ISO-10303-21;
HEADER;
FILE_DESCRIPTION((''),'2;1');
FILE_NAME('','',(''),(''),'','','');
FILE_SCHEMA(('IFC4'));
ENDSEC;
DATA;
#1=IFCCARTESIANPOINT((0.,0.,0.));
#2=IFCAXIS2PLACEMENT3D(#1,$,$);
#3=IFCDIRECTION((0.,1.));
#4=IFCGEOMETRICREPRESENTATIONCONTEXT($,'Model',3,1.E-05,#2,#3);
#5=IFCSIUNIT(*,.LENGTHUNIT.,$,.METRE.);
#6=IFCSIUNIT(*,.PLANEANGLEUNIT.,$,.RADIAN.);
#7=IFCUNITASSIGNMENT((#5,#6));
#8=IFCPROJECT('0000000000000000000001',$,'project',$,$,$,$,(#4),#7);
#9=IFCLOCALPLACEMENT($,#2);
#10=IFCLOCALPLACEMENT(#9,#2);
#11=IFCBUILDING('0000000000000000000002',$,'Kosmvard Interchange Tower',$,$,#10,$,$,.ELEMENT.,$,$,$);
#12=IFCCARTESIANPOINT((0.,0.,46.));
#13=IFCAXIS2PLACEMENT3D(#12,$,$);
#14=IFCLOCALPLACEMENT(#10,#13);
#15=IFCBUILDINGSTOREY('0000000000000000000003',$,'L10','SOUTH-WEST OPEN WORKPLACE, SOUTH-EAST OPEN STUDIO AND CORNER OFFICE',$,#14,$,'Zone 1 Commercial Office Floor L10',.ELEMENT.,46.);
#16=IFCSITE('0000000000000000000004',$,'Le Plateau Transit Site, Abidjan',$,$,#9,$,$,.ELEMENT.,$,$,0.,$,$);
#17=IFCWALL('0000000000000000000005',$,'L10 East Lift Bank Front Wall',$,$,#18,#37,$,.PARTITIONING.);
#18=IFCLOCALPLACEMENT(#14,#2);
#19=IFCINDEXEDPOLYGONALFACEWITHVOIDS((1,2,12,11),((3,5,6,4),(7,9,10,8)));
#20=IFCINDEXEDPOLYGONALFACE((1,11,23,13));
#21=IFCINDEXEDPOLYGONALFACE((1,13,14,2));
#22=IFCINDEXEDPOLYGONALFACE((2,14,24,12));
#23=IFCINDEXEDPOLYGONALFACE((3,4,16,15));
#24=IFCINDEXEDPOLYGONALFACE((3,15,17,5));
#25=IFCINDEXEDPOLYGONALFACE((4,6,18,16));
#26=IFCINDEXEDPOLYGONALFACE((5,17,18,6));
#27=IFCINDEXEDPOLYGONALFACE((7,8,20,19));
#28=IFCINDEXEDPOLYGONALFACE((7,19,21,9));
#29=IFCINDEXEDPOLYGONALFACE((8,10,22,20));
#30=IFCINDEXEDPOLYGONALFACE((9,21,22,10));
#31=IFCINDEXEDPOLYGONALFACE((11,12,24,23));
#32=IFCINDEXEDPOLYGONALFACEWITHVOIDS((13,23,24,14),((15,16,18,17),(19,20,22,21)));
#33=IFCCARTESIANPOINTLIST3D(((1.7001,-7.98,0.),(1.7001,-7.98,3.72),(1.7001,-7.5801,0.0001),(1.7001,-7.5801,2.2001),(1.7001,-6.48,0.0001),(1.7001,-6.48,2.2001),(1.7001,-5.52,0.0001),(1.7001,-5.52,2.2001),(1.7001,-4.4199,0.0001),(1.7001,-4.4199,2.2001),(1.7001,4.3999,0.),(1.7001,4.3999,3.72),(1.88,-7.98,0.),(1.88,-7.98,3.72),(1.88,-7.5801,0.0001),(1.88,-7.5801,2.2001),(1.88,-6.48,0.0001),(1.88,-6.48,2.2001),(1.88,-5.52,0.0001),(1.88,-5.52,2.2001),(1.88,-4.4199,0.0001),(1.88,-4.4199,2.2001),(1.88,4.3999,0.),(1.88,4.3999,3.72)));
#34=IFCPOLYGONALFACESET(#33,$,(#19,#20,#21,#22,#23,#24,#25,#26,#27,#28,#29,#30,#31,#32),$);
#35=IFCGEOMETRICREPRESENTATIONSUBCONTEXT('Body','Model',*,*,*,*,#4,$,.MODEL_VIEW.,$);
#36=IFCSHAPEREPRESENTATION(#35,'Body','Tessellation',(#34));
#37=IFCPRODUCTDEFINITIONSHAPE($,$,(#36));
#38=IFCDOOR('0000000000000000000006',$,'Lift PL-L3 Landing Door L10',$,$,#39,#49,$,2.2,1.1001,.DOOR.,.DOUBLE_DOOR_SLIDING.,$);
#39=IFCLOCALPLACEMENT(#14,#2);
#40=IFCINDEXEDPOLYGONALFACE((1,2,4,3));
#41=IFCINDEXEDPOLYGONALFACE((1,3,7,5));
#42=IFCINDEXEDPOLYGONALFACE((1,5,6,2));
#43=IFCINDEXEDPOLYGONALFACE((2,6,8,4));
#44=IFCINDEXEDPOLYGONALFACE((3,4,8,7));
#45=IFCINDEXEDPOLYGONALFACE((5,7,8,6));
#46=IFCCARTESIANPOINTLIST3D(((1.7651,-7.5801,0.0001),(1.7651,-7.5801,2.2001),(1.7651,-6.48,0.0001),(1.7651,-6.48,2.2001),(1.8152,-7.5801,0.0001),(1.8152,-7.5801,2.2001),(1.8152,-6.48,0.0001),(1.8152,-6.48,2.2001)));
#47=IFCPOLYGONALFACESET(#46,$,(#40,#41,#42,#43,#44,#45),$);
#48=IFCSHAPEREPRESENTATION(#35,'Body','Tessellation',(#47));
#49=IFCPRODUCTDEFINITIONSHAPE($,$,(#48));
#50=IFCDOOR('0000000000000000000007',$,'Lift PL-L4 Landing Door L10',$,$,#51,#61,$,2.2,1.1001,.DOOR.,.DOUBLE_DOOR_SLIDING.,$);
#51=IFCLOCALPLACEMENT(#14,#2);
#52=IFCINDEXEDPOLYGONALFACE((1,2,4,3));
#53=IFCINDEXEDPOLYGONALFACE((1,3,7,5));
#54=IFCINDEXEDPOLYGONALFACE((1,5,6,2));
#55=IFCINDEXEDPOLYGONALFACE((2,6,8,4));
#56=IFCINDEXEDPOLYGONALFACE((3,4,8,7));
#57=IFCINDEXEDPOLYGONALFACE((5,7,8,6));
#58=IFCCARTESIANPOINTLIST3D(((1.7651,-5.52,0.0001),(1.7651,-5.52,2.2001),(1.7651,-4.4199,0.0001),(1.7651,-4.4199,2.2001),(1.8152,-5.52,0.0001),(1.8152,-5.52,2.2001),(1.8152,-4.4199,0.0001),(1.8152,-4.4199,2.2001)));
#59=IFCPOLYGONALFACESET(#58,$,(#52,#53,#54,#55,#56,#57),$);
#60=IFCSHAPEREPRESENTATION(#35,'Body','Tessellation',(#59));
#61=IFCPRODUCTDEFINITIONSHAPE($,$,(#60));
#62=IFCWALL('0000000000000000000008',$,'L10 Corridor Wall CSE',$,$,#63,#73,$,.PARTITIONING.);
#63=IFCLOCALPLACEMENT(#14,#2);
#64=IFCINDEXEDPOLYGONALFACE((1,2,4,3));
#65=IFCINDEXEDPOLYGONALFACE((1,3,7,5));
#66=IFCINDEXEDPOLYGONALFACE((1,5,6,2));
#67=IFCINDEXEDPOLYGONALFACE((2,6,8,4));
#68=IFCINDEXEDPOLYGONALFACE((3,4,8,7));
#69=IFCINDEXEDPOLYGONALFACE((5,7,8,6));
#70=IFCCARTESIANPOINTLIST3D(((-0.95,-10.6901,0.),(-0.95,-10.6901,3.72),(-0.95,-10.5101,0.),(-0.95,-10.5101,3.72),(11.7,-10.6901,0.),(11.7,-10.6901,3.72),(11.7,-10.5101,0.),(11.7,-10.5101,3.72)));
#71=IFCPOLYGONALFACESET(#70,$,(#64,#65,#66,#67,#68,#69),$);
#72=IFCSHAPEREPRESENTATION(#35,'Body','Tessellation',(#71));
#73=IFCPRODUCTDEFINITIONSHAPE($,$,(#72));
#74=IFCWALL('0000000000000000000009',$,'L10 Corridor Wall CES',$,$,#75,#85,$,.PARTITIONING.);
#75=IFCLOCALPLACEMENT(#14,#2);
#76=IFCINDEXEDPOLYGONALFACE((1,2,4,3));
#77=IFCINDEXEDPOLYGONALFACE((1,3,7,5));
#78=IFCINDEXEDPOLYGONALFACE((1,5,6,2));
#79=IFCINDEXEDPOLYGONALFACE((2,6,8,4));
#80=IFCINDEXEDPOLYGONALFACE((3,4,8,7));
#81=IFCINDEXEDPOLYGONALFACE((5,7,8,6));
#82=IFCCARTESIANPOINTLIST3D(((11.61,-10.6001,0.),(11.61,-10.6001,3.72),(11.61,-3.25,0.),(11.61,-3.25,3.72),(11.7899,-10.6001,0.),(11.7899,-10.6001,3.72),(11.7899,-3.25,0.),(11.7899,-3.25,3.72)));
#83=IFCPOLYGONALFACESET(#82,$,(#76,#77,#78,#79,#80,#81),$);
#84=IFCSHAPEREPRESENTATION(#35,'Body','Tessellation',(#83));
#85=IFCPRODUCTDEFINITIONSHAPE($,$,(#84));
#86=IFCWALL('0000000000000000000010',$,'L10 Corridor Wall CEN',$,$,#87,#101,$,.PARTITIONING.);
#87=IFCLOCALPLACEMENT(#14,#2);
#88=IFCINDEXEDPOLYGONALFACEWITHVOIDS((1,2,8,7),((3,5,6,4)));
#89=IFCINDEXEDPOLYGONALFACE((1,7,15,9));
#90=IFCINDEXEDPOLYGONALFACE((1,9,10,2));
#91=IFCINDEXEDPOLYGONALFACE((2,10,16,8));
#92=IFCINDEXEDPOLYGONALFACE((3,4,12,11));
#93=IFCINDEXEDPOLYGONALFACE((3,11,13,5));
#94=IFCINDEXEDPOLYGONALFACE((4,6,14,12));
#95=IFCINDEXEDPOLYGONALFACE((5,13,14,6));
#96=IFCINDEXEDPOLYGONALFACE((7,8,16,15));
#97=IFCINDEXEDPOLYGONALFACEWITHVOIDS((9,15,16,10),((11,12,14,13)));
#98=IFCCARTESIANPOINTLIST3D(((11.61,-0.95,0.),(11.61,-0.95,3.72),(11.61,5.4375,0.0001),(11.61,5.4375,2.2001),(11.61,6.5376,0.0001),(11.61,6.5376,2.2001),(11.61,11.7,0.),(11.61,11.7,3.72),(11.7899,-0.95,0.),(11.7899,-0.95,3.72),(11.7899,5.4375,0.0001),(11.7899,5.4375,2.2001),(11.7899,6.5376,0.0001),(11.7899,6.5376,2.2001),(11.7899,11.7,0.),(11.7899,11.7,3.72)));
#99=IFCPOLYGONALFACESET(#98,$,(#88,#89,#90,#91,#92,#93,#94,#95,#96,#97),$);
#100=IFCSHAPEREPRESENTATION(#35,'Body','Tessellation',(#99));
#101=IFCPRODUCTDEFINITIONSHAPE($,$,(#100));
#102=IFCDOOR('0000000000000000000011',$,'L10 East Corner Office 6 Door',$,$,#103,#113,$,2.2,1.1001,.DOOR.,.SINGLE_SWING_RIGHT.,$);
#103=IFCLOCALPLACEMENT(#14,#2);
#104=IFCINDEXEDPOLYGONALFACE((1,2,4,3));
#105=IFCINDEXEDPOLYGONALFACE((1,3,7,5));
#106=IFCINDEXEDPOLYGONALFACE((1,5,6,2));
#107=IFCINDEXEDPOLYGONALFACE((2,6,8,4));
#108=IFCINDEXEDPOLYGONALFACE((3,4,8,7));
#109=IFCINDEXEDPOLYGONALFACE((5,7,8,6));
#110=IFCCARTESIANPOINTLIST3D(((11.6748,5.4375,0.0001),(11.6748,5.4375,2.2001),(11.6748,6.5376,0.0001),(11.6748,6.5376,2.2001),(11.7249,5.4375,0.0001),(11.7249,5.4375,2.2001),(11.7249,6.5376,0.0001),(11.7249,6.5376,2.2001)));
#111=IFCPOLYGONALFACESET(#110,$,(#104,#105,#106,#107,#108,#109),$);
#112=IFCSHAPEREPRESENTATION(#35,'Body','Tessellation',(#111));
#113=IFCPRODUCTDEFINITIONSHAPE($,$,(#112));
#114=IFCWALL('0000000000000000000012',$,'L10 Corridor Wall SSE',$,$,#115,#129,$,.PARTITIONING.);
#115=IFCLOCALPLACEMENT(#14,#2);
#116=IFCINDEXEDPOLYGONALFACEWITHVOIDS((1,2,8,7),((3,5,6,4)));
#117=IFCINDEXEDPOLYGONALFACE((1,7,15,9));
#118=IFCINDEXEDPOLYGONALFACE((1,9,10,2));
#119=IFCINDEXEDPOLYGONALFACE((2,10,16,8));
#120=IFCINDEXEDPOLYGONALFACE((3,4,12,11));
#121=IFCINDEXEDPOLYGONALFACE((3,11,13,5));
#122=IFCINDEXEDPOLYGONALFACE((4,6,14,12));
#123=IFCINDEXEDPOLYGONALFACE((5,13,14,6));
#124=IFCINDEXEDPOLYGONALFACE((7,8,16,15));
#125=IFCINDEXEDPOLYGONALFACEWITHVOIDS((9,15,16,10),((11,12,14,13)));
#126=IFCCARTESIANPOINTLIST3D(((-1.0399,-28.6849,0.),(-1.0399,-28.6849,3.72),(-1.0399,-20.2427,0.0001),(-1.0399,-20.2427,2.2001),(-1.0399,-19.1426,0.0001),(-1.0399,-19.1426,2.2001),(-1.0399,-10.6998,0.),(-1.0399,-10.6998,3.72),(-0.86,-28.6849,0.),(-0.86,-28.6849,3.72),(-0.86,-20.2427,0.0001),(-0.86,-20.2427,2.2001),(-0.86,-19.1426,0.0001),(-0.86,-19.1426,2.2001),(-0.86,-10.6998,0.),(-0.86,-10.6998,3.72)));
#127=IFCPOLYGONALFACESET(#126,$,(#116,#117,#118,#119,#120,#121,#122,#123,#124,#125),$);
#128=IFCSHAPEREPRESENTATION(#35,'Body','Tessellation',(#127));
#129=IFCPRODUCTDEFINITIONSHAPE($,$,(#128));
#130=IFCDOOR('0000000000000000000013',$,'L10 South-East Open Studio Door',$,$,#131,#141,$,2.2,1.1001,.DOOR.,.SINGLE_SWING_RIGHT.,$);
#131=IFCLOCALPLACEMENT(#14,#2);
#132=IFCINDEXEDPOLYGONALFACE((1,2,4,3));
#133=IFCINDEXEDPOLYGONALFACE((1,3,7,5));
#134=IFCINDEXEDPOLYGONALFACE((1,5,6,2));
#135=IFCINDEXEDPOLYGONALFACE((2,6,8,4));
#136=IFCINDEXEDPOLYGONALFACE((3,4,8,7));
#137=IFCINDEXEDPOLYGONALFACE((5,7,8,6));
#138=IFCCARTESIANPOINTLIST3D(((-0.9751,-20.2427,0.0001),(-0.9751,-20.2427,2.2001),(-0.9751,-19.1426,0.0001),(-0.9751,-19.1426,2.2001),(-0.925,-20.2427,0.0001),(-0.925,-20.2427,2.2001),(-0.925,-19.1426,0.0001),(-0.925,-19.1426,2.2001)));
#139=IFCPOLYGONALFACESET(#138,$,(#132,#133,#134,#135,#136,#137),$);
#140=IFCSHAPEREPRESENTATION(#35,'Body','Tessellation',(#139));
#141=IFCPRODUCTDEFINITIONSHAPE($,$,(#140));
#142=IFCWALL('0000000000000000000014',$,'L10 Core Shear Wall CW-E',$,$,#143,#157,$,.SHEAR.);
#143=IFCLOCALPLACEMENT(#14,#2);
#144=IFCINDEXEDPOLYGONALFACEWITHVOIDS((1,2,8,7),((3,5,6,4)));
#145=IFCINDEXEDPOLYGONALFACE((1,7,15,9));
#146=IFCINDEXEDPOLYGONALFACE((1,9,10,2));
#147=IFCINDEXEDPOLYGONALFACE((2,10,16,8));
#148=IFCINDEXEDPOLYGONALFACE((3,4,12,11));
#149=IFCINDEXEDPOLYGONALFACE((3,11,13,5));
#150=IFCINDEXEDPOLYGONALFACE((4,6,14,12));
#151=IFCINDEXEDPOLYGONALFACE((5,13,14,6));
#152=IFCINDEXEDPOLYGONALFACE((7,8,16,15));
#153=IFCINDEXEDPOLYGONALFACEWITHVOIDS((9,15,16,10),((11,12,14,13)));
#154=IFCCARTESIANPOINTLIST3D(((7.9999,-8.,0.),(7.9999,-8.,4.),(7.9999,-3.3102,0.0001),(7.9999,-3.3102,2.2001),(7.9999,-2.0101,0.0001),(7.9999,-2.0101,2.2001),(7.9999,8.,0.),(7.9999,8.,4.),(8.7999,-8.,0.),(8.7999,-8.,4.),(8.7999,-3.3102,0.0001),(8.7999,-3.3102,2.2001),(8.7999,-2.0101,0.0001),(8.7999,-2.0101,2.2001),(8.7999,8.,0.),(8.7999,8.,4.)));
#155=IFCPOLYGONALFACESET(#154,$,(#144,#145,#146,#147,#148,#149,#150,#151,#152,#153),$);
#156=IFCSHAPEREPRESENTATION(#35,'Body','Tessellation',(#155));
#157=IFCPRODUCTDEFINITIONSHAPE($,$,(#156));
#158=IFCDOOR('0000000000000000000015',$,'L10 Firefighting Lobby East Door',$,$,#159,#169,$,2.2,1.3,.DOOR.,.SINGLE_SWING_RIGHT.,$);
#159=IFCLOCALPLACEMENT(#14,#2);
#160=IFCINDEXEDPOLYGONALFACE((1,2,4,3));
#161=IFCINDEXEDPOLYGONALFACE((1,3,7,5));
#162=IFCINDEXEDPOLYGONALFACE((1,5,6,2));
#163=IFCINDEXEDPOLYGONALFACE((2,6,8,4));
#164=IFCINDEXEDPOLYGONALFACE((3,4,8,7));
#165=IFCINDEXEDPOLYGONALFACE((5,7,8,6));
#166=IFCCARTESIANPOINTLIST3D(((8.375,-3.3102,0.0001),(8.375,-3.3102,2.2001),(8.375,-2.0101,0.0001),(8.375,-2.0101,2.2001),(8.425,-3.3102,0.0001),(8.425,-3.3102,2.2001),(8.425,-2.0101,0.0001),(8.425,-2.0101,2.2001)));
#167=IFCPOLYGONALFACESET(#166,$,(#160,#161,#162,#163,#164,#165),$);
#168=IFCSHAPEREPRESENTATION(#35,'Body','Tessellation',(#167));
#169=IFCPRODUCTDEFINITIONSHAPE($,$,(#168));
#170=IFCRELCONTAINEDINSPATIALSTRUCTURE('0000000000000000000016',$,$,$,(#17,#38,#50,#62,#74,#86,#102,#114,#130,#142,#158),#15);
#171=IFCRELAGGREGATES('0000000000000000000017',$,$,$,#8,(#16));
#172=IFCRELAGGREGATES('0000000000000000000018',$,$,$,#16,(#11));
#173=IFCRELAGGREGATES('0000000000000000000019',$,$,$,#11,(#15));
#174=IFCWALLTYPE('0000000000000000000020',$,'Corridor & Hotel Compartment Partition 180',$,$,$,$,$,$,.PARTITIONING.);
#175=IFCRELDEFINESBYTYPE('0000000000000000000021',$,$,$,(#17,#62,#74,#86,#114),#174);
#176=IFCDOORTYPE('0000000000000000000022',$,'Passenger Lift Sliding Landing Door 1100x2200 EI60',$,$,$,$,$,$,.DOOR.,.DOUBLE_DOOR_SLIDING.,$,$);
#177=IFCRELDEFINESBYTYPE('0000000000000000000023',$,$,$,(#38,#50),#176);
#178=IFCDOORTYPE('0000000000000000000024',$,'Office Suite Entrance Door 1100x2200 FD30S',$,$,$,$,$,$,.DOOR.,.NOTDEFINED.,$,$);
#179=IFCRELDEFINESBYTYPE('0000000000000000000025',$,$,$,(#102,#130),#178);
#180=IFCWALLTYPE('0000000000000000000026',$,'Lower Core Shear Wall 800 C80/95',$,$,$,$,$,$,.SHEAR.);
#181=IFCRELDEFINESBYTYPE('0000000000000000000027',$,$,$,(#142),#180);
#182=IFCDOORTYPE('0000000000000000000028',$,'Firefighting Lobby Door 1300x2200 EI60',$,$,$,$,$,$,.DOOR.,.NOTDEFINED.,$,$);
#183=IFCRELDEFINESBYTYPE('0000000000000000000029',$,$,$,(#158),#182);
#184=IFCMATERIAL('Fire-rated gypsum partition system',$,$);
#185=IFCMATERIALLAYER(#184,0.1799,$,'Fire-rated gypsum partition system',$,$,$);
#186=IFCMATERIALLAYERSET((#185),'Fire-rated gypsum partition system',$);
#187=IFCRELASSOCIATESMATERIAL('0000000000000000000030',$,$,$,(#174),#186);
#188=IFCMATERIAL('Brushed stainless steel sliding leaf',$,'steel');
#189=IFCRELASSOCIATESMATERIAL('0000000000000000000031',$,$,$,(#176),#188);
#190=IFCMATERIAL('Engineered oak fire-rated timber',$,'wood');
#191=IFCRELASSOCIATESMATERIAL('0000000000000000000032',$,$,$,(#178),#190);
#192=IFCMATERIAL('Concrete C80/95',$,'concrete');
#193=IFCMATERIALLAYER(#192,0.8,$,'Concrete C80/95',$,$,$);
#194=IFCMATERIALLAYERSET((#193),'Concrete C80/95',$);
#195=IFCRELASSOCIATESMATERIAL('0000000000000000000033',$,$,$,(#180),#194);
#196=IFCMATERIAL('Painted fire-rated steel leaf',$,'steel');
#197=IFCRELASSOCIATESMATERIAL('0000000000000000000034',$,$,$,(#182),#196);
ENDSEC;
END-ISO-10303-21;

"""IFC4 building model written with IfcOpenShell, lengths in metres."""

from ifc_helpers import new_model, si_unit, direction, frame, frame_2d, origin, place, context, subcontext, project, spatial, rectangle, extrude, source, transform, mapped, material, layer, layer_set, type_object, element, fill, save


model = new_model("IFC4")

# Units and contexts
model_context = context("Model", 3, precision=1e-05, world=origin(), true_north=direction((0.0, 1.0)))
body_context = subcontext(model_context, "Body", "Model", "MODEL_VIEW")
ifc_project = project(units=[si_unit("LENGTHUNIT", "METRE"), si_unit("PLANEANGLEUNIT", "RADIAN")], contexts=[model_context])

# Site, building, storey
site_placement = place(None, origin())
site = spatial("IfcSite", under=ifc_project, at=site_placement, Name="Le Plateau Transit Site, Abidjan", CompositionType="ELEMENT", RefElevation=0.0)
building_placement = place(site_placement, origin())
building = spatial("IfcBuilding", under=site, at=building_placement, Name="Kosmvard Interchange Tower", CompositionType="ELEMENT")
storey_placement = place(building_placement, frame((0.0, 0.0, 46.0)))
storey = spatial("IfcBuildingStorey", under=building, at=storey_placement, Name="L10", Description="SOUTH-WEST OPEN WORKPLACE, SOUTH-EAST OPEN STUDIO AND CORNER OFFICE", LongName="Zone 1 Commercial Office Floor L10", CompositionType="ELEMENT", Elevation=46.0)

# Shared definitions
ifc_material_1 = material(Name="Concrete C80/95", Category="concrete")

# Wall, openings, doors
ifc_material_2 = material(Name="Fire-rated gypsum partition system")
ifc_layer_1 = layer(ifc_material_2, 0.1799, Name="Fire-rated gypsum partition system")
ifc_layer_set_1 = layer_set([ifc_layer_1], Name="Fire-rated gypsum partition system")
wall_type_1 = type_object("IfcWallType", Name="Corridor & Hotel Compartment Partition 180", PredefinedType="PARTITIONING", material=ifc_layer_set_1)
wall_1_placement = place(storey_placement, frame((1.79, -7.98, 0.0), z_axis=(0.0, 0.0, 1.0), x_axis=(0.0, 1.0, 0.0)))
wall_1 = element("IfcWall", 1, at=wall_1_placement, inside=storey, type_object=wall_type_1, Name="L10 East Lift Bank Front Wall", PredefinedType="PARTITIONING", context=body_context, shape_type="SweptSolid", body=[
    extrude(rectangle(XDim=12.3799, YDim=0.1799, at=frame_2d((6.1899, 0.0))), origin(), (0.0, 0.0, 1.0), 3.72),
])
opening_1_placement = place(wall_1_placement, frame((0.3999, 0.0, 0.0)))
opening_1 = element("IfcOpeningElement", 2, at=opening_1_placement, cuts=wall_1, PredefinedType="OPENING", context=body_context, shape_type="SweptSolid", body=[
    extrude(rectangle(XDim=1.1001, YDim=2.2, at=frame_2d((0.55, 1.1001))), frame((0.0, 0.1001, 0.0), z_axis=(0.0, -1.0, 0.0), x_axis=(1.0, 0.0, 0.0)), (0.0, 0.0, 1.0), 0.2),
])
opening_2_placement = place(wall_1_placement, frame((2.46, 0.0, 0.0)))
opening_2 = element("IfcOpeningElement", 3, at=opening_2_placement, cuts=wall_1, PredefinedType="OPENING", context=body_context, shape_type="SweptSolid", body=[
    extrude(rectangle(XDim=1.1001, YDim=2.2, at=frame_2d((0.55, 1.1001))), frame((0.0, 0.1001, 0.0), z_axis=(0.0, -1.0, 0.0), x_axis=(1.0, 0.0, 0.0)), (0.0, 0.0, 1.0), 0.2),
])
ifc_material_3 = material(Name="Brushed stainless steel sliding leaf", Category="steel")
door_type_1 = type_object("IfcDoorType", Name="Passenger Lift Sliding Landing Door 1100x2200 EI60", OperationType="DOUBLE_DOOR_SLIDING", PredefinedType="DOOR", material=ifc_material_3)
shared_shape_1 = source(origin(), body_context, "Body", "SweptSolid", [
    extrude(rectangle(XDim=1.1001, YDim=2.2, at=frame_2d((0.55, 1.1001))), frame((0.0, 0.0249, 0.0), z_axis=(0.0, -1.0, 0.0), x_axis=(1.0, 0.0, 0.0)), (0.0, 0.0, 1.0), 0.05),
])
door_1_placement = place(opening_1_placement, origin())
door_1 = element("IfcDoor", 4, at=door_1_placement, inside=storey, type_object=door_type_1, Name="Lift PL-L3 Landing Door L10", OperationType="DOUBLE_DOOR_SLIDING", OverallHeight=2.2, OverallWidth=1.1001, PredefinedType="DOOR", context=body_context, shape_type="MappedRepresentation", body=[
    mapped(shared_shape_1, transform((0.0, 0.0, 0.0), scale=1.0)),
])
fill(opening_1, door_1)
door_2_placement = place(opening_2_placement, origin())
door_2 = element("IfcDoor", 5, at=door_2_placement, inside=storey, type_object=door_type_1, Name="Lift PL-L4 Landing Door L10", OperationType="DOUBLE_DOOR_SLIDING", OverallHeight=2.2, OverallWidth=1.1001, PredefinedType="DOOR", context=body_context, shape_type="MappedRepresentation", body=[
    mapped(shared_shape_1, transform((0.0, 0.0, 0.0), scale=1.0)),
])
fill(opening_2, door_2)

# Walls
wall_2_placement = place(storey_placement, frame((-0.95, -10.6001, 0.0), z_axis=(0.0, 0.0, 1.0), x_axis=(1.0, 0.0, 0.0)))
element("IfcWall", 6, at=wall_2_placement, inside=storey, type_object=wall_type_1, Name="L10 Corridor Wall CSE", PredefinedType="PARTITIONING", context=body_context, shape_type="SweptSolid", body=[
    extrude(rectangle(XDim=12.6499, YDim=0.1799, at=frame_2d((6.325, 0.0))), origin(), (0.0, 0.0, 1.0), 3.72),
])
wall_3_placement = place(storey_placement, frame((11.7, -10.6001, 0.0), z_axis=(0.0, 0.0, 1.0), x_axis=(0.0, 1.0, 0.0)))
element("IfcWall", 7, at=wall_3_placement, inside=storey, type_object=wall_type_1, Name="L10 Corridor Wall CES", PredefinedType="PARTITIONING", context=body_context, shape_type="SweptSolid", body=[
    extrude(rectangle(XDim=7.3501, YDim=0.1799, at=frame_2d((3.675, 0.0))), origin(), (0.0, 0.0, 1.0), 3.72),
])

# Walls, openings, doors
wall_4_placement = place(storey_placement, frame((11.7, -0.95, 0.0), z_axis=(0.0, 0.0, 1.0), x_axis=(0.0, 1.0, 0.0)))
wall_4 = element("IfcWall", 8, at=wall_4_placement, inside=storey, type_object=wall_type_1, Name="L10 Corridor Wall CEN", PredefinedType="PARTITIONING", context=body_context, shape_type="SweptSolid", body=[
    extrude(rectangle(XDim=12.6499, YDim=0.1799, at=frame_2d((6.325, 0.0))), origin(), (0.0, 0.0, 1.0), 3.72),
])
opening_3_placement = place(wall_4_placement, frame((6.3875, 0.0, 0.0)))
opening_3 = element("IfcOpeningElement", 9, at=opening_3_placement, cuts=wall_4, PredefinedType="OPENING", context=body_context, shape_type="SweptSolid", body=[
    extrude(rectangle(XDim=1.1001, YDim=2.2, at=frame_2d((0.55, 1.1001))), frame((0.0, 0.1001, 0.0), z_axis=(0.0, -1.0, 0.0), x_axis=(1.0, 0.0, 0.0)), (0.0, 0.0, 1.0), 0.2),
])
ifc_material_4 = material(Name="Engineered oak fire-rated timber", Category="wood")
door_type_2 = type_object("IfcDoorType", Name="Office Suite Entrance Door 1100x2200 FD30S", OperationType="NOTDEFINED", PredefinedType="DOOR", material=ifc_material_4)
door_3_placement = place(opening_3_placement, frame((1.1001, 0.0, 0.0), z_axis=(0.0, 0.0, 1.0), x_axis=(-1.0, 0.0, 0.0)))
door_3 = element("IfcDoor", 10, at=door_3_placement, inside=storey, type_object=door_type_2, Name="L10 East Corner Office 6 Door", OperationType="SINGLE_SWING_RIGHT", OverallHeight=2.2, OverallWidth=1.1001, PredefinedType="DOOR", context=body_context, shape_type="MappedRepresentation", body=[
    mapped(shared_shape_1, transform((0.0, 0.0, 0.0), scale=1.0)),
])
fill(opening_3, door_3)
wall_5_placement = place(storey_placement, frame((-0.95, -28.6851, 0.0), z_axis=(0.0, 0.0, 1.0), x_axis=(0.0, 1.0, 0.0)))
wall_5 = element("IfcWall", 11, at=wall_5_placement, inside=storey, type_object=wall_type_1, Name="L10 Corridor Wall SSE", PredefinedType="PARTITIONING", context=body_context, shape_type="SweptSolid", body=[
    extrude(rectangle(XDim=17.9851, YDim=0.1799, at=frame_2d((8.9927, 0.0))), origin(), (0.0, 0.0, 1.0), 3.72),
])
opening_4_placement = place(wall_5_placement, frame((8.4424, 0.0, 0.0)))
opening_4 = element("IfcOpeningElement", 12, at=opening_4_placement, cuts=wall_5, PredefinedType="OPENING", context=body_context, shape_type="SweptSolid", body=[
    extrude(rectangle(XDim=1.1001, YDim=2.2, at=frame_2d((0.55, 1.1001))), frame((0.0, 0.1001, 0.0), z_axis=(0.0, -1.0, 0.0), x_axis=(1.0, 0.0, 0.0)), (0.0, 0.0, 1.0), 0.2),
])
door_4_placement = place(opening_4_placement, frame((1.1001, 0.0, 0.0), z_axis=(0.0, 0.0, 1.0), x_axis=(-1.0, 0.0, 0.0)))
door_4 = element("IfcDoor", 13, at=door_4_placement, inside=storey, type_object=door_type_2, Name="L10 South-East Open Studio Door", OperationType="SINGLE_SWING_RIGHT", OverallHeight=2.2, OverallWidth=1.1001, PredefinedType="DOOR", context=body_context, shape_type="MappedRepresentation", body=[
    mapped(shared_shape_1, transform((0.0, 0.0, 0.0), scale=1.0)),
])
fill(opening_4, door_4)
ifc_layer_2 = layer(ifc_material_1, 0.8, Name="Concrete C80/95")
ifc_layer_set_2 = layer_set([ifc_layer_2], Name="Concrete C80/95")
wall_type_2 = type_object("IfcWallType", Name="Lower Core Shear Wall 800 C80/95", PredefinedType="SHEAR", material=ifc_layer_set_2)
wall_6_placement = place(storey_placement, frame((8.3999, -8.0, 0.0), z_axis=(0.0, 0.0, 1.0), x_axis=(0.0, 1.0, 0.0)))
wall_6 = element("IfcWall", 14, at=wall_6_placement, inside=storey, type_object=wall_type_2, Name="L10 Core Shear Wall CW-E", PredefinedType="SHEAR", context=body_context, shape_type="SweptSolid", body=[
    extrude(rectangle(XDim=16.0, YDim=0.8, at=frame_2d((8.0, 0.0))), origin(), (0.0, 0.0, 1.0), 4.0),
])
opening_5_placement = place(wall_6_placement, frame((4.6899, 0.0, 0.0)))
opening_5 = element("IfcOpeningElement", 15, at=opening_5_placement, cuts=wall_6, PredefinedType="OPENING", context=body_context, shape_type="SweptSolid", body=[
    extrude(rectangle(XDim=1.3, YDim=2.2, at=frame_2d((0.6499, 1.1001))), frame((0.0, 0.4102, 0.0), z_axis=(0.0, -1.0, 0.0), x_axis=(1.0, 0.0, 0.0)), (0.0, 0.0, 1.0), 0.8201),
])
ifc_material_5 = material(Name="Painted fire-rated steel leaf", Category="steel")
door_type_3 = type_object("IfcDoorType", Name="Firefighting Lobby Door 1300x2200 EI60", OperationType="NOTDEFINED", PredefinedType="DOOR", material=ifc_material_5)
shared_shape_2 = source(origin(), body_context, "Body", "SweptSolid", [
    extrude(rectangle(XDim=1.3, YDim=2.2, at=frame_2d((0.6499, 1.1001))), frame((0.0, 0.0249, 0.0), z_axis=(0.0, -1.0, 0.0), x_axis=(1.0, 0.0, 0.0)), (0.0, 0.0, 1.0), 0.05),
])
door_5_placement = place(opening_5_placement, origin())
door_5 = element("IfcDoor", 16, at=door_5_placement, inside=storey, type_object=door_type_3, Name="L10 Firefighting Lobby East Door", OperationType="SINGLE_SWING_RIGHT", OverallHeight=2.2, OverallWidth=1.3, PredefinedType="DOOR", context=body_context, shape_type="MappedRepresentation", body=[
    mapped(shared_shape_2, transform((0.0, 0.0, 0.0), scale=1.0)),
])
fill(opening_5, door_5)

save(model, "model.ifc")
